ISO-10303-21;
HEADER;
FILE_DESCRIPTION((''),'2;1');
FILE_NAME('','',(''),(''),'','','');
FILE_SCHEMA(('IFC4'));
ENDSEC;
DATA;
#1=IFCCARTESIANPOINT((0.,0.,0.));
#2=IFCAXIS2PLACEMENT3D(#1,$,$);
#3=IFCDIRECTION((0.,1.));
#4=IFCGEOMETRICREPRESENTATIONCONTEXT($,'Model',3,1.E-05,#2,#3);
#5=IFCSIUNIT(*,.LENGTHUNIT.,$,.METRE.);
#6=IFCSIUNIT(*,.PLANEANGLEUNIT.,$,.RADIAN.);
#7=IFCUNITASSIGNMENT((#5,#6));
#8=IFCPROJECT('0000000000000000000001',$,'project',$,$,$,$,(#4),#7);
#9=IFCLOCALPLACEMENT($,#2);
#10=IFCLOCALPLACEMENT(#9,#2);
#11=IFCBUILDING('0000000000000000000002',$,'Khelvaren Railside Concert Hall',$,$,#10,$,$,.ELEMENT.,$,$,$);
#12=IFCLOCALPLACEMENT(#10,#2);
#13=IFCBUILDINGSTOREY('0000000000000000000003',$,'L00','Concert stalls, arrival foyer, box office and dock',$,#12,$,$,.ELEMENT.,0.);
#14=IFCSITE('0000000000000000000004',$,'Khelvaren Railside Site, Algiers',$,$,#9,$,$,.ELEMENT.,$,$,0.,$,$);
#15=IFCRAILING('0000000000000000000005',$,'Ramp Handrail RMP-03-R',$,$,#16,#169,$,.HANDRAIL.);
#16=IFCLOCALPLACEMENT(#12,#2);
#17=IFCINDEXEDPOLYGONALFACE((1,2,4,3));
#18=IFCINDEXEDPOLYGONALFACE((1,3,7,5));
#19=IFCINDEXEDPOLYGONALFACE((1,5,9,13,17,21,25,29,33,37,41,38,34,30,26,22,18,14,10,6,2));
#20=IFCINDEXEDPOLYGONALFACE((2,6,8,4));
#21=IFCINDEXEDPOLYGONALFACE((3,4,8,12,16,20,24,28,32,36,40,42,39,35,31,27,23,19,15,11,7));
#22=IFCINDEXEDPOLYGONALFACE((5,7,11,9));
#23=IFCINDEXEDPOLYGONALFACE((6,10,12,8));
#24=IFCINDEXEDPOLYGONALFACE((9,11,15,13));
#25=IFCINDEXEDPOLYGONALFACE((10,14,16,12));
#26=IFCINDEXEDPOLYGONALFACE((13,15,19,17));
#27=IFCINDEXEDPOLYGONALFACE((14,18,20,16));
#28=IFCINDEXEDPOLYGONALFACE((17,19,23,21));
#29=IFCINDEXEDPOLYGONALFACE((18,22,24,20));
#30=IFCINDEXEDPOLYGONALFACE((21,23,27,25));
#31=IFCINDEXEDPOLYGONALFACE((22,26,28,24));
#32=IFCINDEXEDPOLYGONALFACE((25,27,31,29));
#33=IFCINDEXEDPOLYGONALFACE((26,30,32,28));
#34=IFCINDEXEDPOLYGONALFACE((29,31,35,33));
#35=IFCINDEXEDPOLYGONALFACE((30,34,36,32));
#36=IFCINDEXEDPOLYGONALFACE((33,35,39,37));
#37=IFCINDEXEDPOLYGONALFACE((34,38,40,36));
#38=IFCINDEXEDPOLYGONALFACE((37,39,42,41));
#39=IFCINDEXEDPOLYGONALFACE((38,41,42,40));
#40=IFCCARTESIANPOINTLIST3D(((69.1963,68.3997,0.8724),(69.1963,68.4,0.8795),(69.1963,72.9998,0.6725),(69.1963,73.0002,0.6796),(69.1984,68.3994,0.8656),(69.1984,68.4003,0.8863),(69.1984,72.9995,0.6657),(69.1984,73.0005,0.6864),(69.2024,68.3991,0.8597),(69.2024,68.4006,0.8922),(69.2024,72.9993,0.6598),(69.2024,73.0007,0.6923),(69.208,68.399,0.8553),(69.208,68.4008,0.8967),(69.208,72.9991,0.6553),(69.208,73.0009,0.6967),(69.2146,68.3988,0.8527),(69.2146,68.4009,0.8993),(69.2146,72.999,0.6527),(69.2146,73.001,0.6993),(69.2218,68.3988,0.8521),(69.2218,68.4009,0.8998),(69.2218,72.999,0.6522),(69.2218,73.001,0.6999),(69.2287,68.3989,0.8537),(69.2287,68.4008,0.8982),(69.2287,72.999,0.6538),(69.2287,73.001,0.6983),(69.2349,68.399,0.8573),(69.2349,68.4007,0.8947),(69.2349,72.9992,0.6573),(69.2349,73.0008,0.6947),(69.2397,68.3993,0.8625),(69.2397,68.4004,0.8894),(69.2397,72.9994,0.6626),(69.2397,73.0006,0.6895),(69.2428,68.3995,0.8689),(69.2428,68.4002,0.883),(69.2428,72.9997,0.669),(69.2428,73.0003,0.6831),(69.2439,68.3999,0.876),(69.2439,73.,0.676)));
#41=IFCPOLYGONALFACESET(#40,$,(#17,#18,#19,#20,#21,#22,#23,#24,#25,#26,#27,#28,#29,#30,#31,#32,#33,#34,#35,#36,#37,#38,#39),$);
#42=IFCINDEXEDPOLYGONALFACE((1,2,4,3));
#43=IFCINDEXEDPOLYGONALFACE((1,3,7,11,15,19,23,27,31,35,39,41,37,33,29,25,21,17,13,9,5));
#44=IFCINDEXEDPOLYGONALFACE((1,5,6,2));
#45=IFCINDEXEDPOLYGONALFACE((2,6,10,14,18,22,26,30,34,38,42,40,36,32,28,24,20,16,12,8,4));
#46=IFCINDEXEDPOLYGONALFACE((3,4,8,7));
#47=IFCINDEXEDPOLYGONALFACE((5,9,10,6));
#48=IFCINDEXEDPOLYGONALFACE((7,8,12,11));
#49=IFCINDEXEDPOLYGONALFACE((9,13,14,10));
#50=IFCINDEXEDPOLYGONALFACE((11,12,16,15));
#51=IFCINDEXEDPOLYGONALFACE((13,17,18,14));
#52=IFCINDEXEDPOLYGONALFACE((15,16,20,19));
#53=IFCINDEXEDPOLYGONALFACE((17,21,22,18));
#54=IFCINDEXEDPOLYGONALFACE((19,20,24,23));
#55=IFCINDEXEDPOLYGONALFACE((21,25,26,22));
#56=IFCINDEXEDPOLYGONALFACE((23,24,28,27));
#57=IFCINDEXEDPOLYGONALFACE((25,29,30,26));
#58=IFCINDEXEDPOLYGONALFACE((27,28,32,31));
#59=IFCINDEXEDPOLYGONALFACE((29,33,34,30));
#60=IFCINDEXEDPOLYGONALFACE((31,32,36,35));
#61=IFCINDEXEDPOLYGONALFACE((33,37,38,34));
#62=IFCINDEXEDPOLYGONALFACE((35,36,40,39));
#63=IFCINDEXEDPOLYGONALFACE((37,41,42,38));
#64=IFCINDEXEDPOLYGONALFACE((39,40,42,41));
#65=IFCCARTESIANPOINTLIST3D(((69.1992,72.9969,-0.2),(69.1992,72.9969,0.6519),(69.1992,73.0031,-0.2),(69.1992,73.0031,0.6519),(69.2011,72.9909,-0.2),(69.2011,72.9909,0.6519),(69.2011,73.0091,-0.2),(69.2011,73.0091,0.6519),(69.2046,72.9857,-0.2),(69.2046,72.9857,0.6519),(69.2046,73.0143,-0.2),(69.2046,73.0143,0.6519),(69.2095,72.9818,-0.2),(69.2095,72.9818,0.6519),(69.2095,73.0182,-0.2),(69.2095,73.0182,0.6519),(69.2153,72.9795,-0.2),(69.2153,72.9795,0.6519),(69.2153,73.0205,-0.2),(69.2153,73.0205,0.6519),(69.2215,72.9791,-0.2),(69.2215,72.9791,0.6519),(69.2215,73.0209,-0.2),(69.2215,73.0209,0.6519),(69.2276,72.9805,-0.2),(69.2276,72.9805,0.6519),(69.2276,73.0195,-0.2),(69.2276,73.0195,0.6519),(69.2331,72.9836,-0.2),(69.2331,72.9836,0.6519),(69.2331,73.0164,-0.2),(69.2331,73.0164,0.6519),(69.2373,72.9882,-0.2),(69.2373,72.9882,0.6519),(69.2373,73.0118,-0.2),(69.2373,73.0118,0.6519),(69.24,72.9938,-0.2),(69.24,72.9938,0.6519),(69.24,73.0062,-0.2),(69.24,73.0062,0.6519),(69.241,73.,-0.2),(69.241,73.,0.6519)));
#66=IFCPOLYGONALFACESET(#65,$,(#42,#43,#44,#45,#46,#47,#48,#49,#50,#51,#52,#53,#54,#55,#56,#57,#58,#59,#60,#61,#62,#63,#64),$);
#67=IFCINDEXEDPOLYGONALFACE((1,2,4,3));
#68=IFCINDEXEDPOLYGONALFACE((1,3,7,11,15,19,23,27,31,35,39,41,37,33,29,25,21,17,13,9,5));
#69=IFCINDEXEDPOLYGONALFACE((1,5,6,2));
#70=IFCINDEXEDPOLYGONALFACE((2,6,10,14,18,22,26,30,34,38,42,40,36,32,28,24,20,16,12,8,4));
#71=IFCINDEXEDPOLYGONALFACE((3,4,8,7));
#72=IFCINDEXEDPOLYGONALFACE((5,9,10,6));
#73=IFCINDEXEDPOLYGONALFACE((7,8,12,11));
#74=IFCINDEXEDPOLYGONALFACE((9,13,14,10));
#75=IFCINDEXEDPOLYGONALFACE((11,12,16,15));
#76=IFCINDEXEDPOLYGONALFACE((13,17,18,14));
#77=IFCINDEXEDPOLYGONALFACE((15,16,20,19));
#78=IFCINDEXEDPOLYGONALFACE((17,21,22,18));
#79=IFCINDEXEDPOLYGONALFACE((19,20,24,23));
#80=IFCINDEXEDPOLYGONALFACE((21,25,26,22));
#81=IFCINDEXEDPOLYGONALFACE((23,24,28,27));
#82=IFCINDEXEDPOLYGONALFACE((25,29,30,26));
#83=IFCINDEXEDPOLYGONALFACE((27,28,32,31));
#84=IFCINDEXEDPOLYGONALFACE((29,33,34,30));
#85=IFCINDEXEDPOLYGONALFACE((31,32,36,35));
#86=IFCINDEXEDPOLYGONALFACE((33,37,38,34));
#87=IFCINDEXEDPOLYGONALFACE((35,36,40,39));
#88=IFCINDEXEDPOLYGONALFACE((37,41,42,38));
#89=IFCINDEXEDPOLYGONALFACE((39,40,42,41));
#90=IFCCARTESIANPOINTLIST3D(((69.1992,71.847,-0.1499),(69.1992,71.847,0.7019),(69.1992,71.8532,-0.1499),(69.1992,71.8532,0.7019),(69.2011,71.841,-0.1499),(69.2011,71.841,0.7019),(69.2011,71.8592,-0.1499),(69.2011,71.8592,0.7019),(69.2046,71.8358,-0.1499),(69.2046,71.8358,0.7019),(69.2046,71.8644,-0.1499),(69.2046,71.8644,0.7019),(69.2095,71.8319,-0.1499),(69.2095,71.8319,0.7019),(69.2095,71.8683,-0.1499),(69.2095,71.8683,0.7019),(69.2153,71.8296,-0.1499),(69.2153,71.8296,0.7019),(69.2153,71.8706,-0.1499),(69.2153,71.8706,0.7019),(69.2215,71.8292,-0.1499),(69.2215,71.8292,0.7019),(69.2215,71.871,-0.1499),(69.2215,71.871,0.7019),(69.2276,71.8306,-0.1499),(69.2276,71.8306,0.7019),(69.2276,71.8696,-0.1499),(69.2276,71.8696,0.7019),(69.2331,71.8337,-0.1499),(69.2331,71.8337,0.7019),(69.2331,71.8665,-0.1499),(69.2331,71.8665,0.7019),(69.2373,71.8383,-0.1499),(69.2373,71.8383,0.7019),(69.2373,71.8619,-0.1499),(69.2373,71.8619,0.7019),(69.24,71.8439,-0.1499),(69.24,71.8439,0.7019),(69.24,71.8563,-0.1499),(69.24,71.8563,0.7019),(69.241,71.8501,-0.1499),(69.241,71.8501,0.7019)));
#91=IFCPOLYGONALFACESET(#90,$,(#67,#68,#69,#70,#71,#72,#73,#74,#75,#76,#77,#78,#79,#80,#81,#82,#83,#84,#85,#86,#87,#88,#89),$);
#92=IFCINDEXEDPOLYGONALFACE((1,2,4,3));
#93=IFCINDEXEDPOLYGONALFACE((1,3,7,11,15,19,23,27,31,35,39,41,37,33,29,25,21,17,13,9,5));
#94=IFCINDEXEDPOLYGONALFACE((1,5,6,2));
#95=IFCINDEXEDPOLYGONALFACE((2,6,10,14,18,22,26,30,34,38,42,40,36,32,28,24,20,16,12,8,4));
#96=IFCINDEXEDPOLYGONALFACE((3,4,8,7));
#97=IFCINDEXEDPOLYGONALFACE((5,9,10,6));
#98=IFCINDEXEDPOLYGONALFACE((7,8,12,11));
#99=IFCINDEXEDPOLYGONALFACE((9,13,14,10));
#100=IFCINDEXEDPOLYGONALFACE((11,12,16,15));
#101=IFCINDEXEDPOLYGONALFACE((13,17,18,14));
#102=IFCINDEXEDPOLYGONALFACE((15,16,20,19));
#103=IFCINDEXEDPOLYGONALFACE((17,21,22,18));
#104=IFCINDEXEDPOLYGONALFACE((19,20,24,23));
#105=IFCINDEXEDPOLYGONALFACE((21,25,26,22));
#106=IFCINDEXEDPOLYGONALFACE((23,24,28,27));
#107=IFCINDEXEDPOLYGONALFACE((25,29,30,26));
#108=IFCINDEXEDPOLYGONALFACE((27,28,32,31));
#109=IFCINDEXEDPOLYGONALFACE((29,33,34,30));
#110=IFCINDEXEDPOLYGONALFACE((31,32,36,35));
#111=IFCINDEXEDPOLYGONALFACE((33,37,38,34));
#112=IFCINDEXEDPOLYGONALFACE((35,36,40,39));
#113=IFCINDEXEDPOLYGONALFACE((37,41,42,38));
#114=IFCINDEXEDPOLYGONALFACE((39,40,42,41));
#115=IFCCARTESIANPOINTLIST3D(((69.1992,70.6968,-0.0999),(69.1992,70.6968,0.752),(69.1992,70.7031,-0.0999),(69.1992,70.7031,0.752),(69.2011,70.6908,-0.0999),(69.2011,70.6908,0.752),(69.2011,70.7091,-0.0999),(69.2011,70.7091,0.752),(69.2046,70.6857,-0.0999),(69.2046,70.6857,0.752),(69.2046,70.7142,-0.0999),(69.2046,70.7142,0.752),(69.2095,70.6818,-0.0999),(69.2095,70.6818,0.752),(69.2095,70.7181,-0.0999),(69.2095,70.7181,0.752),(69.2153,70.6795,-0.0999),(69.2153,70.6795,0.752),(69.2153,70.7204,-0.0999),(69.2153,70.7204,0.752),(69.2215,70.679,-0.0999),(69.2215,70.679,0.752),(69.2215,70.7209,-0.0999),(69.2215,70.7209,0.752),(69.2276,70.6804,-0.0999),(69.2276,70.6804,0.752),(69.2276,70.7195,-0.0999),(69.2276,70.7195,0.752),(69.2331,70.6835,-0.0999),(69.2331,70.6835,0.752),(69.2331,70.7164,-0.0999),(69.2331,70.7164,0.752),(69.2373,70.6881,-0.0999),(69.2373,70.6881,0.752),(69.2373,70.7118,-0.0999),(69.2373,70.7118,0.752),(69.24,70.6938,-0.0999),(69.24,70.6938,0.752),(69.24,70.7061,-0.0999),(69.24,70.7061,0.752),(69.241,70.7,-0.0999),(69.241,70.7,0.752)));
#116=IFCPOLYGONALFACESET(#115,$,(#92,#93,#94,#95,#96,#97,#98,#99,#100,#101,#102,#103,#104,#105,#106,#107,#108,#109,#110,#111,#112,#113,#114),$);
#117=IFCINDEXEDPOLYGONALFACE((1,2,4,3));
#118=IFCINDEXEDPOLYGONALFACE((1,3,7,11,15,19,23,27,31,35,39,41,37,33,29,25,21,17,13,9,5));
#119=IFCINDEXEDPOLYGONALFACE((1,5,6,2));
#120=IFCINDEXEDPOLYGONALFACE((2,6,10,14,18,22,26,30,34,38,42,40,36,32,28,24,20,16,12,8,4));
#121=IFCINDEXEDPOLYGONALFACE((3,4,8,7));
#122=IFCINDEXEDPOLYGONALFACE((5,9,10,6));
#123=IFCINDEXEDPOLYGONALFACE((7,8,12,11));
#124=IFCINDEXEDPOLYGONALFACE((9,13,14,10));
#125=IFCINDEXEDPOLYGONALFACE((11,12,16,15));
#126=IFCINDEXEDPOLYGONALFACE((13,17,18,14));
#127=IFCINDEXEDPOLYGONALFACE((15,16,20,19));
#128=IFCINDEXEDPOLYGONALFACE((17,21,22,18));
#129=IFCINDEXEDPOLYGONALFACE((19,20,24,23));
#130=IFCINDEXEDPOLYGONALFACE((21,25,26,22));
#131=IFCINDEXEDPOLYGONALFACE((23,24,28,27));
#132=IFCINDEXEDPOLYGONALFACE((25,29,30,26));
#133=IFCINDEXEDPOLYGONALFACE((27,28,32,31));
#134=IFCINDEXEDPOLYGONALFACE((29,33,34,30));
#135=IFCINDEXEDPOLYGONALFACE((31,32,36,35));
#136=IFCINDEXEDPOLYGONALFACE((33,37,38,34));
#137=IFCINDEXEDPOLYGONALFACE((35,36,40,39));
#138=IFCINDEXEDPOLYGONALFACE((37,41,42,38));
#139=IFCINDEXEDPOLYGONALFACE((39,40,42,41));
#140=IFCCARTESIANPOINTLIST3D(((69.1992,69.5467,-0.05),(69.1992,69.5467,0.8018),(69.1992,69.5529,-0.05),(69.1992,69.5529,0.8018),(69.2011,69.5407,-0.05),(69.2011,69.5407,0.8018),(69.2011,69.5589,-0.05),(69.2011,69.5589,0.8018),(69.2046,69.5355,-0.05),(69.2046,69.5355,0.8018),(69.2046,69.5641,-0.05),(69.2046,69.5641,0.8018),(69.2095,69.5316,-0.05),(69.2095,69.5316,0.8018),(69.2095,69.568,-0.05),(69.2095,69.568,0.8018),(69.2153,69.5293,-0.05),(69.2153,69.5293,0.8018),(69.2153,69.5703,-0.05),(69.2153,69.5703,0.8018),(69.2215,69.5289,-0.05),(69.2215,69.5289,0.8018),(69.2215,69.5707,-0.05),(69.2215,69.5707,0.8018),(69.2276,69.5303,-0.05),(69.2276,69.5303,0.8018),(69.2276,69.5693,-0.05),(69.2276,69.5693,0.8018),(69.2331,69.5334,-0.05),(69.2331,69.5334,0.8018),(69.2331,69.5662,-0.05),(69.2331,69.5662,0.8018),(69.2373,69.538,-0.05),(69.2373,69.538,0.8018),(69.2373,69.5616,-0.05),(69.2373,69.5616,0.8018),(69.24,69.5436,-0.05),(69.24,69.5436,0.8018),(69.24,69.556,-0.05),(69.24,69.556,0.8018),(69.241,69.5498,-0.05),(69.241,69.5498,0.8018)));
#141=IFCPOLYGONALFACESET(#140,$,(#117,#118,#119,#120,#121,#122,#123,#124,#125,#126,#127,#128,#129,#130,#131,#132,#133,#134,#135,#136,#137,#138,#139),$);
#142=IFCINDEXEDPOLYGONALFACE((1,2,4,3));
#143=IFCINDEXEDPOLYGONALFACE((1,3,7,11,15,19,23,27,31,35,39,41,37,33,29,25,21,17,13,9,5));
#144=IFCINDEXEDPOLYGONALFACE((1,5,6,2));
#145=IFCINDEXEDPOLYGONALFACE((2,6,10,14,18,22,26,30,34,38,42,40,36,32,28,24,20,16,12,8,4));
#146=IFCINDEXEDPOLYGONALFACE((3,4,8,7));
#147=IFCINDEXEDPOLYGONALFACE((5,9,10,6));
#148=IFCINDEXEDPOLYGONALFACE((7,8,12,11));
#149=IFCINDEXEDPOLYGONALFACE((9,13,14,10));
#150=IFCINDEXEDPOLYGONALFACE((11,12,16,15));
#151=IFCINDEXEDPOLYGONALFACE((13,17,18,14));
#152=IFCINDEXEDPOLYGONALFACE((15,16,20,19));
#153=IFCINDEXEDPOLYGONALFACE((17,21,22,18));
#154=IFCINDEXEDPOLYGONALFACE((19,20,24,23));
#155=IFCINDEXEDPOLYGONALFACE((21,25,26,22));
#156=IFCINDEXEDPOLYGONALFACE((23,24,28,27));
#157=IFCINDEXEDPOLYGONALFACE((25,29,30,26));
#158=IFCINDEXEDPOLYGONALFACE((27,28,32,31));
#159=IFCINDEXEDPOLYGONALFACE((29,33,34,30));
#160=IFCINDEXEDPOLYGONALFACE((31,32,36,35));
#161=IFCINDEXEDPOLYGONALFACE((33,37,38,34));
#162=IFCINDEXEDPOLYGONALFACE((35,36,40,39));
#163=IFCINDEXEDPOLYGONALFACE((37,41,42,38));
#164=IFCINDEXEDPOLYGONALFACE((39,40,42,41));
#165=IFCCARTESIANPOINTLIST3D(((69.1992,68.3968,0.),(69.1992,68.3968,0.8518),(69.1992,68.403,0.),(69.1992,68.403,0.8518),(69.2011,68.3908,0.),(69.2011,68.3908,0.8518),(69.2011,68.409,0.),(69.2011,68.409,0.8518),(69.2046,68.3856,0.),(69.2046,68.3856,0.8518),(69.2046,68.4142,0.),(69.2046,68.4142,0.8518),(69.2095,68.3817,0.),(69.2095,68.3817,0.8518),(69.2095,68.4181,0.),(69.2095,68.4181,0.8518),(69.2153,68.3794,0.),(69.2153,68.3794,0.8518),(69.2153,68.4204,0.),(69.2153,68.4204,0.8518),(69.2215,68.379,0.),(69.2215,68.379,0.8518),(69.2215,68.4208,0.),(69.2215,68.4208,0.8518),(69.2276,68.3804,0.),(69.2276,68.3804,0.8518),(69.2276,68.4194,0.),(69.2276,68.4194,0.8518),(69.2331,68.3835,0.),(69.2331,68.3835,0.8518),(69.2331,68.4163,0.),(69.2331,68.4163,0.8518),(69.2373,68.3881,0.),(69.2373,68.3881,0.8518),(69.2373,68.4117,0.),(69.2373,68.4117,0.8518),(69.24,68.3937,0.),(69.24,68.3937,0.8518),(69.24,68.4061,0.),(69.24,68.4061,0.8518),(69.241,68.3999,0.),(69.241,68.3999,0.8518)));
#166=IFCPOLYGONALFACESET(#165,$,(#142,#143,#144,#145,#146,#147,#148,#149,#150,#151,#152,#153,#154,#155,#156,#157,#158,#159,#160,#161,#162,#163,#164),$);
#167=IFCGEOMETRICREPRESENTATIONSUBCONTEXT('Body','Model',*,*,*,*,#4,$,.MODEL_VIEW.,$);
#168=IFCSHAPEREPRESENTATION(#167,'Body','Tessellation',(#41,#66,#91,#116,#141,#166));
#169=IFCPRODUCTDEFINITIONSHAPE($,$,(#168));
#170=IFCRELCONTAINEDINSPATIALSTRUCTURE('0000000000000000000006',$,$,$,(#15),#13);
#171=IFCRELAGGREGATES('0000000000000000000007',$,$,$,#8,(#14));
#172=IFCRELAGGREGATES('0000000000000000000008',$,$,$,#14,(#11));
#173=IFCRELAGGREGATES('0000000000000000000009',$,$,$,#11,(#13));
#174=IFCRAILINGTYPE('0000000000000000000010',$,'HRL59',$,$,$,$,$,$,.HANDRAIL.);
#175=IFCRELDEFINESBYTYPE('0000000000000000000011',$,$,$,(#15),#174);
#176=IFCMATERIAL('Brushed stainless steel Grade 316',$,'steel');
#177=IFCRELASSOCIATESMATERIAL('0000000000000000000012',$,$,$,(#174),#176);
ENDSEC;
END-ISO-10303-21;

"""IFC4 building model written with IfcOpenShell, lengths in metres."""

from ifc_helpers import new_model, si_unit, direction, frame, origin, origin_2d, place, context, subcontext, project, spatial, circle, extrude, material, type_object, element, save


model = new_model("IFC4")

# Units and contexts
model_context = context("Model", 3, precision=1e-05, world=origin(), true_north=direction((0.0, 1.0)))
body_context = subcontext(model_context, "Body", "Model", "MODEL_VIEW")
ifc_project = project(units=[si_unit("LENGTHUNIT", "METRE"), si_unit("PLANEANGLEUNIT", "RADIAN")], contexts=[model_context])

# Site, building, storey
site_placement = place(None, origin())
site = spatial("IfcSite", under=ifc_project, at=site_placement, Name="Khelvaren Railside Site, Algiers", CompositionType="ELEMENT", RefElevation=0.0)
building_placement = place(site_placement, origin())
building = spatial("IfcBuilding", under=site, at=building_placement, Name="Khelvaren Railside Concert Hall", CompositionType="ELEMENT")
storey_placement = place(building_placement, origin())
storey = spatial("IfcBuildingStorey", under=building, at=storey_placement, Name="L00", Description="Concert stalls, arrival foyer, box office and dock", CompositionType="ELEMENT", Elevation=0.0)

# Railing
ifc_material_1 = material(Name="Brushed stainless steel Grade 316", Category="steel")
railing_type_1 = type_object("IfcRailingType", Name="HRL59", PredefinedType="HANDRAIL", material=ifc_material_1)
for number, where, name in (
    (1, (69.22, 73.0, -0.2), "Ramp Handrail RMP-03-R"),
):
    element("IfcRailing", number, at=place(storey_placement, frame(where)), inside=storey, type_object=railing_type_1, Name=name, PredefinedType="HANDRAIL", context=body_context, shape_type="SweptSolid", body=[
        extrude(circle(Radius=0.0239, at=origin_2d()), frame((0.0, 0.0, 0.876), z_axis=(0.0, -0.999057, 0.043426), x_axis=(1.0, 0.0, 0.0)), (0.0, 0.0, 1.0), 4.6045),
        extrude(circle(Radius=0.021, at=origin_2d()), origin(), (0.0, 0.0, 1.0), 0.8518),
        extrude(circle(Radius=0.021, at=origin_2d()), frame((0.0, -1.1499, 0.05)), (0.0, 0.0, 1.0), 0.8518),
        extrude(circle(Radius=0.021, at=origin_2d()), frame((0.0, -2.3, 0.1001)), (0.0, 0.0, 1.0), 0.8518),
        extrude(circle(Radius=0.021, at=origin_2d()), frame((0.0, -3.4502, 0.1499)), (0.0, 0.0, 1.0), 0.8518),
        extrude(circle(Radius=0.021, at=origin_2d()), frame((0.0, -4.6001, 0.2)), (0.0, 0.0, 1.0), 0.8518),
    ])

save(model, "model.ifc")
